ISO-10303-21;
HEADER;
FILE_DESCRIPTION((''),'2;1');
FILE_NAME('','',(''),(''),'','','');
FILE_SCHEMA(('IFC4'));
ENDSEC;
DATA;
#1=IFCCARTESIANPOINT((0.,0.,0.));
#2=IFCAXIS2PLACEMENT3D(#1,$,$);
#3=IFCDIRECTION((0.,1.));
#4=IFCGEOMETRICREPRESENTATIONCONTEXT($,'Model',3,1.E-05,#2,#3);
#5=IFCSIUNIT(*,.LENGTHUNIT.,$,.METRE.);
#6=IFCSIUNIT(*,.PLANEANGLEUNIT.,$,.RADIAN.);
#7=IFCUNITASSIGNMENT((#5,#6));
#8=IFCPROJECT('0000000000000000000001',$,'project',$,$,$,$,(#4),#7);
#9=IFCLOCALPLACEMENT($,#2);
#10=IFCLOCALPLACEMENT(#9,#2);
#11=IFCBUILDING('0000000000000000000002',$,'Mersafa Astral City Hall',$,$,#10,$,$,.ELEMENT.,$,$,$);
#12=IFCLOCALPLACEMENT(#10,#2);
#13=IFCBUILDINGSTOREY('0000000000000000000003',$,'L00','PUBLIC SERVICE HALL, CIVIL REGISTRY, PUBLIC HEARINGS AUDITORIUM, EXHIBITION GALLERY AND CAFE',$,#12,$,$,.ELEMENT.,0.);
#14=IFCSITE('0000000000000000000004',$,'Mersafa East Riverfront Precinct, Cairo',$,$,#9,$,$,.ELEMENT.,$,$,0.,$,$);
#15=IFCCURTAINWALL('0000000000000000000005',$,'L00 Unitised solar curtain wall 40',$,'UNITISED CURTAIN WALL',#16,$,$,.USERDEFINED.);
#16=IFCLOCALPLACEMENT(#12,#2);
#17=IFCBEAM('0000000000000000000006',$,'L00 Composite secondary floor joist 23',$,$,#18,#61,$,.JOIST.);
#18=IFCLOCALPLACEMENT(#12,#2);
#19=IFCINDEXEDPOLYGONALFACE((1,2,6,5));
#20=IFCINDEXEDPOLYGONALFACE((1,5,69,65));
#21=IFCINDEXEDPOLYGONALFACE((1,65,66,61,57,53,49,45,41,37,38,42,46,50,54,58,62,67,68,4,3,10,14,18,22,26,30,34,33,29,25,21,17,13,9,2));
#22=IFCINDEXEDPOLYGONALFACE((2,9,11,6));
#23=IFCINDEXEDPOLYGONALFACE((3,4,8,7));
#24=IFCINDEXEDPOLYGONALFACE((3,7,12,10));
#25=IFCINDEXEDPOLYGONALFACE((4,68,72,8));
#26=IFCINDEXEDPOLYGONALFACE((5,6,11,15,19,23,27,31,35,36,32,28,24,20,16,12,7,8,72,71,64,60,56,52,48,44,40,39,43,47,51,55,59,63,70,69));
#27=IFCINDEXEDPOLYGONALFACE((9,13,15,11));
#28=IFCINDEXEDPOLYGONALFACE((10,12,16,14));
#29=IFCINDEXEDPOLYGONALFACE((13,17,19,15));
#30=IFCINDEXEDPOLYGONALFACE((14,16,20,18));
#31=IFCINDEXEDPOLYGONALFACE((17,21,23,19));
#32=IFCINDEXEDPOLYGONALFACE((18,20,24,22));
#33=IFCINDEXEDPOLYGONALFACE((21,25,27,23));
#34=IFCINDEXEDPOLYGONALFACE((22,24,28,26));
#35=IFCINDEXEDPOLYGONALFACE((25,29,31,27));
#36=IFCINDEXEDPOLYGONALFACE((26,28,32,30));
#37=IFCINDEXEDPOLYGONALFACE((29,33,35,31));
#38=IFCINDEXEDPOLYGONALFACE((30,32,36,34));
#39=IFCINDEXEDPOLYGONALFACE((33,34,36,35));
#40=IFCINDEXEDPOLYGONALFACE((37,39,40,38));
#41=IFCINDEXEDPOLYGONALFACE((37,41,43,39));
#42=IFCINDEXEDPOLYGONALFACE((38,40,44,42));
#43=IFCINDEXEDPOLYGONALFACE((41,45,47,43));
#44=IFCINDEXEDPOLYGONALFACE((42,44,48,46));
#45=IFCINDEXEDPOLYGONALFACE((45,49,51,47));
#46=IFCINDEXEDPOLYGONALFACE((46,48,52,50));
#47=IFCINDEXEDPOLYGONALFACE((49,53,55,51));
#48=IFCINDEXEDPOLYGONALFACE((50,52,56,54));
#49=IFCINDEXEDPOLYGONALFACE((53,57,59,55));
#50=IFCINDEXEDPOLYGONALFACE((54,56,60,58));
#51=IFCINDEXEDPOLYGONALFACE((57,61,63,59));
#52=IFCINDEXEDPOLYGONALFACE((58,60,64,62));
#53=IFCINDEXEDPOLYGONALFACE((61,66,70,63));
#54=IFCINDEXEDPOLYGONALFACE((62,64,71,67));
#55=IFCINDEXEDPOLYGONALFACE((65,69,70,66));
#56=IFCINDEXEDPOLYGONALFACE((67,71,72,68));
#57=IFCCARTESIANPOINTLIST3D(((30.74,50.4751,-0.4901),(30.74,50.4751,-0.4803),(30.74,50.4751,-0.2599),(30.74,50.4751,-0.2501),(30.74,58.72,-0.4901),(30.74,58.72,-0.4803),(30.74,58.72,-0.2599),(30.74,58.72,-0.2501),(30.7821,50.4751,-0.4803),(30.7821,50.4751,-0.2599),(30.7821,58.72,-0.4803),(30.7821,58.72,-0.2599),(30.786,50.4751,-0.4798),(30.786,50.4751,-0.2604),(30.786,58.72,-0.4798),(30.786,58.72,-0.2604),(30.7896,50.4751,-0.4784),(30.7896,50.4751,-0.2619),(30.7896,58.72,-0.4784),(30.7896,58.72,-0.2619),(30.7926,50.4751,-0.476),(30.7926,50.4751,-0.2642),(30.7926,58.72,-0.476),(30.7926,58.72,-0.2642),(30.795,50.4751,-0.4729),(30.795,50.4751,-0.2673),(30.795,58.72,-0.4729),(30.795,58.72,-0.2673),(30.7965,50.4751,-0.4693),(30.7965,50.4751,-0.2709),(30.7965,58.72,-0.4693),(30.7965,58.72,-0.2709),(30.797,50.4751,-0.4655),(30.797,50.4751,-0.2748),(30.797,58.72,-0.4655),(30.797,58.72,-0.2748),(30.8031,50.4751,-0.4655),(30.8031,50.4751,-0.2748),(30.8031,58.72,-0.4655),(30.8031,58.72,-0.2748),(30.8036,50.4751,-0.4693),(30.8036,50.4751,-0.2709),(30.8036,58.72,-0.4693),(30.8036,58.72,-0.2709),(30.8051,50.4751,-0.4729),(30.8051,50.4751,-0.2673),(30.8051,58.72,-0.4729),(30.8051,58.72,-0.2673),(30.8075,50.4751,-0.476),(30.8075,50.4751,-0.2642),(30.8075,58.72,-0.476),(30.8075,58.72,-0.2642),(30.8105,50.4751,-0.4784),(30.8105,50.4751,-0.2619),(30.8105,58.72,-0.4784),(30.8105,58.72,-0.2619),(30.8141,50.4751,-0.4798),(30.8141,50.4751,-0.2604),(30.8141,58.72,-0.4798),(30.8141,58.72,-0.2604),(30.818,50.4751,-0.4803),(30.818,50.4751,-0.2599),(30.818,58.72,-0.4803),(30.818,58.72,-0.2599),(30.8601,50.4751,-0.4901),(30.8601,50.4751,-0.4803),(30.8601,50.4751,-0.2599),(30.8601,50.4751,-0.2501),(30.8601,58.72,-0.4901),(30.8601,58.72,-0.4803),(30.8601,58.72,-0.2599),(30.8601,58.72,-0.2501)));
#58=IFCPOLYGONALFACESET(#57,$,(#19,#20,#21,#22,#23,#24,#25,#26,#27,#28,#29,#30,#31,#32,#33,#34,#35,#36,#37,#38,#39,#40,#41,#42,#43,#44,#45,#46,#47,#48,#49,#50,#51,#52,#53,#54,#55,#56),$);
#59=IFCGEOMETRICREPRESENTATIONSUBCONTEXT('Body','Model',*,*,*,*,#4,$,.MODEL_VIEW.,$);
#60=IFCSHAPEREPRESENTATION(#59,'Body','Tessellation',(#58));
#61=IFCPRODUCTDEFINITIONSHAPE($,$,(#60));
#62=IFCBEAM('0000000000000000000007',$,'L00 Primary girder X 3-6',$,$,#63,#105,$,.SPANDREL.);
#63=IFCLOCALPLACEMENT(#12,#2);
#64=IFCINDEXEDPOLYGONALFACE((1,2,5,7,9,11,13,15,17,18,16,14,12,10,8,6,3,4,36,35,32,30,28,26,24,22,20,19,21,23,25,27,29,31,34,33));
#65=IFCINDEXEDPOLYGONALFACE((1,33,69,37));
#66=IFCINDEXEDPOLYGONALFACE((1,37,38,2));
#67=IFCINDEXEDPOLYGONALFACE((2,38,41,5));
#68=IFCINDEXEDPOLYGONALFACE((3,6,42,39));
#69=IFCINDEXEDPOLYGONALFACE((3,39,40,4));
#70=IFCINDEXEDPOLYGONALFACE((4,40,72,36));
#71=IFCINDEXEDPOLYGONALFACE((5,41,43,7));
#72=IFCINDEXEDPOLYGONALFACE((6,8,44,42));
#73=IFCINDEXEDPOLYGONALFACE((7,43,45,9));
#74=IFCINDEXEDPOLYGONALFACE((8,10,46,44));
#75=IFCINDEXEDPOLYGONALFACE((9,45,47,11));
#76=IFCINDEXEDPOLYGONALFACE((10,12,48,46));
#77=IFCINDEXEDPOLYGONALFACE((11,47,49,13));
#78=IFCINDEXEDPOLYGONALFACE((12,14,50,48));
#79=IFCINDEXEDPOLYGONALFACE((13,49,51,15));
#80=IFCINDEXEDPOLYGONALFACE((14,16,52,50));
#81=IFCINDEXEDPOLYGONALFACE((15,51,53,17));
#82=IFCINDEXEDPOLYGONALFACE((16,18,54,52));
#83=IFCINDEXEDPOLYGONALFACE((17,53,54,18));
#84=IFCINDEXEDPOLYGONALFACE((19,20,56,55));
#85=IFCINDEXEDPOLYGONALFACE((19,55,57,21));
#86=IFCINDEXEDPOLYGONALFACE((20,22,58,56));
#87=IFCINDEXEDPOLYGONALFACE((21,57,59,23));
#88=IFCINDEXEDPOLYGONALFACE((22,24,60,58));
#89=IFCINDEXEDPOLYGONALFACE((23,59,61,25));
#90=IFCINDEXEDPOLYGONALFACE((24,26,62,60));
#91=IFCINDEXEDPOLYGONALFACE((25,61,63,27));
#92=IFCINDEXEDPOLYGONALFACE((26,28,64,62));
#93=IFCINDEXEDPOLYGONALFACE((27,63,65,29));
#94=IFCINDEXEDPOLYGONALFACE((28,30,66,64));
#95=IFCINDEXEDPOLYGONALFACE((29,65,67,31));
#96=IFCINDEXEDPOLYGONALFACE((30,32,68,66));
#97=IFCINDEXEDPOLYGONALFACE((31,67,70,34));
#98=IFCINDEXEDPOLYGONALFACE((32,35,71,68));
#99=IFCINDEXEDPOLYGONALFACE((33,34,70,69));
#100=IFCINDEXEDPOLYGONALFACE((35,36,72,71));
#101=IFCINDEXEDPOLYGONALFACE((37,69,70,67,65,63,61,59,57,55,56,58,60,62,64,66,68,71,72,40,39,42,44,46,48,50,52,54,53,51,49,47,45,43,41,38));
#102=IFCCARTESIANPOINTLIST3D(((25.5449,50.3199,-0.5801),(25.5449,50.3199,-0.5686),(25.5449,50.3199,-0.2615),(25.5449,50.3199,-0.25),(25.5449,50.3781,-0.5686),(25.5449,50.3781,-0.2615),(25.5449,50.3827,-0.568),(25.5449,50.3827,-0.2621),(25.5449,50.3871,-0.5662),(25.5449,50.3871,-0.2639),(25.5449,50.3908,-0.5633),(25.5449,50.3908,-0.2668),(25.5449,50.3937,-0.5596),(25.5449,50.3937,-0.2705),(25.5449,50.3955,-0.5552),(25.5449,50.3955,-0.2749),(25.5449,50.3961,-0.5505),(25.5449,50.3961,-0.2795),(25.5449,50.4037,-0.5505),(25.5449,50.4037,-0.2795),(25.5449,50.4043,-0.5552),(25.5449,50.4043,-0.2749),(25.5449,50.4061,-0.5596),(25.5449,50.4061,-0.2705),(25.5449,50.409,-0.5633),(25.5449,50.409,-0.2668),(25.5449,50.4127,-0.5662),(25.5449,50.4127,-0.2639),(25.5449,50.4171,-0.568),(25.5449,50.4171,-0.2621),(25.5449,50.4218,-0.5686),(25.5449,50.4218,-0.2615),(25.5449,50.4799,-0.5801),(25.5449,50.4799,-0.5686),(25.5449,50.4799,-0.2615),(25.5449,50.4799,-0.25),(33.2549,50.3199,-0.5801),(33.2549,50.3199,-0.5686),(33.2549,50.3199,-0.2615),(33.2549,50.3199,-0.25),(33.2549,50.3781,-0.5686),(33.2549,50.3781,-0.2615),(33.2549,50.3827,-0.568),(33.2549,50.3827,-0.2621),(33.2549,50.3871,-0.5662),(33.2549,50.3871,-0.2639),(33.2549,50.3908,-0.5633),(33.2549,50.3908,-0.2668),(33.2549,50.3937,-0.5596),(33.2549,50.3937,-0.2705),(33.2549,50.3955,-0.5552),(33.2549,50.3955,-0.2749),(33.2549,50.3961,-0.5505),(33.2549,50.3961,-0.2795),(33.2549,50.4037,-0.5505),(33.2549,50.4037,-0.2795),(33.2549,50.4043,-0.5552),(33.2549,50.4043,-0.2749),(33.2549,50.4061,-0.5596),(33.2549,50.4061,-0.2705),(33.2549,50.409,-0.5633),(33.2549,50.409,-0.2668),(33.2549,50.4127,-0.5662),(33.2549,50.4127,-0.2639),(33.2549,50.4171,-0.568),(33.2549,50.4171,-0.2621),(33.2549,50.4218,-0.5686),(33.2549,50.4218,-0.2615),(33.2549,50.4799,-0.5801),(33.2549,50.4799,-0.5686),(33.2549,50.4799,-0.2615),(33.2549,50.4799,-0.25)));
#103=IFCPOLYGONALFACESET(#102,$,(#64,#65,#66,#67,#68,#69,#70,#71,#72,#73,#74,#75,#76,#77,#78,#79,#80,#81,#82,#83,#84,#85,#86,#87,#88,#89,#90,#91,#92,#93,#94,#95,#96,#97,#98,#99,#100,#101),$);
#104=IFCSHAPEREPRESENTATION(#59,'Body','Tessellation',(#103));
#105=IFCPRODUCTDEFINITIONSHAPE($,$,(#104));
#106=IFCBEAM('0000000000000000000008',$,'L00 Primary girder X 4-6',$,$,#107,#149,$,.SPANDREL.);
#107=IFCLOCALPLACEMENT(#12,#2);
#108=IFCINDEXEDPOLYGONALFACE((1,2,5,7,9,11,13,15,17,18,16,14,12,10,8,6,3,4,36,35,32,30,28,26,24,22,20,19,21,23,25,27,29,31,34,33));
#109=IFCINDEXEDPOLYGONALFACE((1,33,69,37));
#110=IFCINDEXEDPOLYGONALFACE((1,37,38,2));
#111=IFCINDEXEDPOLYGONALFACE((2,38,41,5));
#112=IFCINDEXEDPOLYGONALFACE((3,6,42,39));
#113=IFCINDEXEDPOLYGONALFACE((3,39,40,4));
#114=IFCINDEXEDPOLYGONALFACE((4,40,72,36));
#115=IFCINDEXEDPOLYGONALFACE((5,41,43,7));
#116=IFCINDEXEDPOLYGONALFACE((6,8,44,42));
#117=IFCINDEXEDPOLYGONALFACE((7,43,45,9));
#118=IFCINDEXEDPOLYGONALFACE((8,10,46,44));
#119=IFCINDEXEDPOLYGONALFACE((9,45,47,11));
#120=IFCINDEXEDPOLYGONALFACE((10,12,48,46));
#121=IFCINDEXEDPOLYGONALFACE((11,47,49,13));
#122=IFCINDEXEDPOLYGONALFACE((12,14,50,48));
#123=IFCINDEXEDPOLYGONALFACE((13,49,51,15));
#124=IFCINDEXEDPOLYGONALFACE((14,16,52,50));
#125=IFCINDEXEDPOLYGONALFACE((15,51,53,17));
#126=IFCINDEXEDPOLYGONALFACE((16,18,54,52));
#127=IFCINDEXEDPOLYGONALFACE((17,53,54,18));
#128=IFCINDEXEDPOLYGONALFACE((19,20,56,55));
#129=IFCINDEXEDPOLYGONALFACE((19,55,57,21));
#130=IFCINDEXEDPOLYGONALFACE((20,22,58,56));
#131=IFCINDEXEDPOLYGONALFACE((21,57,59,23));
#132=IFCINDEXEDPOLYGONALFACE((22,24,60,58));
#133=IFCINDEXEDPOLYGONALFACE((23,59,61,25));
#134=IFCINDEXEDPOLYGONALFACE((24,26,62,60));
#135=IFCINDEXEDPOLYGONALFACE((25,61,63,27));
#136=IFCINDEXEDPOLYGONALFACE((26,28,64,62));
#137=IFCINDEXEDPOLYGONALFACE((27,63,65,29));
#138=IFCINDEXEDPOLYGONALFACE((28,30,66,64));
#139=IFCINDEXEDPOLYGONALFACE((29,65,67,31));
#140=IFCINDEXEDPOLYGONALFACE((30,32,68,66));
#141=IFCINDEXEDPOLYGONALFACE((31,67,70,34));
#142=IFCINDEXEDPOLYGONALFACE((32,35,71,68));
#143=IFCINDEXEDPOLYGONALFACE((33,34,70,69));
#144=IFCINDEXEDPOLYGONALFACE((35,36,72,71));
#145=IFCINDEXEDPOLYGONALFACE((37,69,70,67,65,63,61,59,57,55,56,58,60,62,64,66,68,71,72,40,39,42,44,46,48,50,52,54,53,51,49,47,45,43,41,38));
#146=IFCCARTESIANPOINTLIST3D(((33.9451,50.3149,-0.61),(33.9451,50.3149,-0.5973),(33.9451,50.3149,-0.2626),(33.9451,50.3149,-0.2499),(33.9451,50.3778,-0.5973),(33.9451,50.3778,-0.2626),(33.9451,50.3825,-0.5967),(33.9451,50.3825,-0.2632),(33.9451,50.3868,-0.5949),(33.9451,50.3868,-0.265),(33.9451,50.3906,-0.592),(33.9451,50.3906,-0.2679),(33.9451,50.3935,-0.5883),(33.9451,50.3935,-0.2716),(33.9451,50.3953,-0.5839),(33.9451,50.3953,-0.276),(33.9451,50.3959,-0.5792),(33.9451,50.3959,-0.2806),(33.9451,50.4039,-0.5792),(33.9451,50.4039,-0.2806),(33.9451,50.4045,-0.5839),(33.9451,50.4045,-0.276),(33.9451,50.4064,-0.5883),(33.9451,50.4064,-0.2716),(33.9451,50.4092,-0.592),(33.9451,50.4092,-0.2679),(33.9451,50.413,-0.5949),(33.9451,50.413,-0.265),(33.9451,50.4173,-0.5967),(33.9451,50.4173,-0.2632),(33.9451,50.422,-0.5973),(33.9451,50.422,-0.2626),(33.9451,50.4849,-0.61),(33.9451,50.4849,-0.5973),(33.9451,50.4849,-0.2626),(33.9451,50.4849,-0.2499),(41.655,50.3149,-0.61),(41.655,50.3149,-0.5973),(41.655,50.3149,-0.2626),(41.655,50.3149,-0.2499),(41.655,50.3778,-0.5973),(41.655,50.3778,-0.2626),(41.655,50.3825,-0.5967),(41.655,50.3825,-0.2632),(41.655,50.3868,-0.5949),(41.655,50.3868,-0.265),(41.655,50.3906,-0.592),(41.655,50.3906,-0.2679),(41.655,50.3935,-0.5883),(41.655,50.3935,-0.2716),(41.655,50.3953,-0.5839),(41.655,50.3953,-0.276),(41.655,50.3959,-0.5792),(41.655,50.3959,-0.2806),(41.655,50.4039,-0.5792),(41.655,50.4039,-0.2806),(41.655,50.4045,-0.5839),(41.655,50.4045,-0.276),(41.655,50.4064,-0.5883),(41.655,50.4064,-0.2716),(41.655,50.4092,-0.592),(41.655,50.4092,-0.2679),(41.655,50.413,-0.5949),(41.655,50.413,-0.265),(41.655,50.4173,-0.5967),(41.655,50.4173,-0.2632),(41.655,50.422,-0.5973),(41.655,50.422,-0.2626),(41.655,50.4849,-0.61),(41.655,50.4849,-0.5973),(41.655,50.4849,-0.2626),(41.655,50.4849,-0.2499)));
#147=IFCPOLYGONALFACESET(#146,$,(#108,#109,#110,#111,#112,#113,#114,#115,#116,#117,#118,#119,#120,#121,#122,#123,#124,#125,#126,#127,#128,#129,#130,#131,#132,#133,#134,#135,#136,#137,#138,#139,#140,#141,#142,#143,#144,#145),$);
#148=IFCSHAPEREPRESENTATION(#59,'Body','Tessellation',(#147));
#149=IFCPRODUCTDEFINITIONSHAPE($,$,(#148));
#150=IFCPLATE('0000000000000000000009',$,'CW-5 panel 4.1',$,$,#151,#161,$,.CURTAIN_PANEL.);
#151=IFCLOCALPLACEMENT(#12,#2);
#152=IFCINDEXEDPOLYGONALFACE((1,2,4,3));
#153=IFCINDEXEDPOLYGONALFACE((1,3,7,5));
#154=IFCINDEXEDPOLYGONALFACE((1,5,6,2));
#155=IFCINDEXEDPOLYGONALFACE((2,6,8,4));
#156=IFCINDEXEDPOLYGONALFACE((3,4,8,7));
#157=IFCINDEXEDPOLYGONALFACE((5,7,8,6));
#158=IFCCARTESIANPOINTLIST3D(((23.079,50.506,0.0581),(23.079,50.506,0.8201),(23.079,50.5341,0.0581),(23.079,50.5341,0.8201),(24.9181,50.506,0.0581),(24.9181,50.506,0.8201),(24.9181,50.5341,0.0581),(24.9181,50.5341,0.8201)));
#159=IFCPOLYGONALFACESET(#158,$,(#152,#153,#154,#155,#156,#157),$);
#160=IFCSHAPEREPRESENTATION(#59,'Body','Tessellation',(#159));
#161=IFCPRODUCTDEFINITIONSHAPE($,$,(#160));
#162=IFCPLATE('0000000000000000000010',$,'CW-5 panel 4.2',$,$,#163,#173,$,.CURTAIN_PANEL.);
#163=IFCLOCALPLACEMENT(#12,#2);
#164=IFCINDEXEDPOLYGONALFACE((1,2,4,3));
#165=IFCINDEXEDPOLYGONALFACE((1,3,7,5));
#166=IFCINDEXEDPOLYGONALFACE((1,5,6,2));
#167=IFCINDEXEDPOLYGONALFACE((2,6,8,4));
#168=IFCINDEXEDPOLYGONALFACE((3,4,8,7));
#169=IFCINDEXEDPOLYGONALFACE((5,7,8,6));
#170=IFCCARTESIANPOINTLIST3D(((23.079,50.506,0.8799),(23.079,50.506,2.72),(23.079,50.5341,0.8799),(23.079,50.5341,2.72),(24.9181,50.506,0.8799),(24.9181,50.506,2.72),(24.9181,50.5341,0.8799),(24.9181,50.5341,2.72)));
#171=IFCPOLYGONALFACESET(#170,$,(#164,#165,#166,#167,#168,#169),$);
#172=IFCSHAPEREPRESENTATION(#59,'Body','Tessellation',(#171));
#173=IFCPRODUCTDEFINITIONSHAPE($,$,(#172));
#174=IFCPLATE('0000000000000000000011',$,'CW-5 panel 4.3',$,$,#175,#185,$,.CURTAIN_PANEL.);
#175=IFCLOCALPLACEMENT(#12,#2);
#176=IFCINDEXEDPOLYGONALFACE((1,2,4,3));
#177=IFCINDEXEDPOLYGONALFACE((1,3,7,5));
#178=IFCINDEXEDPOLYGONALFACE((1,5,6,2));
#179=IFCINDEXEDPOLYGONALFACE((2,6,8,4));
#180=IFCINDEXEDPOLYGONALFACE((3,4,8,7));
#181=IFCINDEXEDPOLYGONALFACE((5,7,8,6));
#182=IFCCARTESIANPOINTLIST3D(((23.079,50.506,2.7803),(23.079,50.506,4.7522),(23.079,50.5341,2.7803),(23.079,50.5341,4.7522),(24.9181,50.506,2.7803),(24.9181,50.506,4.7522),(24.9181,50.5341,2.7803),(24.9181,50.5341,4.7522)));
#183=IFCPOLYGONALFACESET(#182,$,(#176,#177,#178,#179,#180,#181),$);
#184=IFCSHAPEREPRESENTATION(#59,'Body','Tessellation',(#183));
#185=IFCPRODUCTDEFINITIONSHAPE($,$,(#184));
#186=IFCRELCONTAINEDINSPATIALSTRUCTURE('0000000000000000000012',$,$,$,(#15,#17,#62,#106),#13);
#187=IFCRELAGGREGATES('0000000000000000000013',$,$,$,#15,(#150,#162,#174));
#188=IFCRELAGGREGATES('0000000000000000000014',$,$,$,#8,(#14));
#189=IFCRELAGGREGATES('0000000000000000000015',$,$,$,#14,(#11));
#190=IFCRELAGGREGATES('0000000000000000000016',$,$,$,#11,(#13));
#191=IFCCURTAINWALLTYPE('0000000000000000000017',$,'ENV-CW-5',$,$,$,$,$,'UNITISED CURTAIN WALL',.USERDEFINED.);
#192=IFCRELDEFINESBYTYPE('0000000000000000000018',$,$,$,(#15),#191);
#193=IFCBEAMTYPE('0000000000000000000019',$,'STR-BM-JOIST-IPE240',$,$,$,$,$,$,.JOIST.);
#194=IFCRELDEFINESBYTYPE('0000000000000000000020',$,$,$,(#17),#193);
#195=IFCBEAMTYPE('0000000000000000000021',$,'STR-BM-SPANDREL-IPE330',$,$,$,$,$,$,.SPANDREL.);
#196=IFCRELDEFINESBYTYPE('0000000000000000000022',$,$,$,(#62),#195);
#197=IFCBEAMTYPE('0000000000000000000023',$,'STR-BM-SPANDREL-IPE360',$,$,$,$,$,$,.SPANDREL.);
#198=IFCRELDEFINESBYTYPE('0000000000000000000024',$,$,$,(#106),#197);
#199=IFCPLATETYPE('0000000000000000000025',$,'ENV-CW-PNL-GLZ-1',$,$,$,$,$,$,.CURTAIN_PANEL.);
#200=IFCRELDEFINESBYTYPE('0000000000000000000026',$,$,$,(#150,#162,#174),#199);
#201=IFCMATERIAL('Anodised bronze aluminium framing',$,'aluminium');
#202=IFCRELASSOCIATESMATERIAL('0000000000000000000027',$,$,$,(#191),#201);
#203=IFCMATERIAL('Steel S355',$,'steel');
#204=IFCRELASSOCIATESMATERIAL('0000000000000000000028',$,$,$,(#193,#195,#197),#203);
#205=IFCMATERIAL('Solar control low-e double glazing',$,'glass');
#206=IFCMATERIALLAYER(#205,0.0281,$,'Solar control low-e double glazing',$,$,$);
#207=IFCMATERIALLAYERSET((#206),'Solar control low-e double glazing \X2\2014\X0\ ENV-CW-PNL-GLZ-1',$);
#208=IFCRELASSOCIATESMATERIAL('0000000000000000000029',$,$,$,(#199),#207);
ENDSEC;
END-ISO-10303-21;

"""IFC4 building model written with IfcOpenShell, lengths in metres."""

from ifc_helpers import new_model, si_unit, direction, frame, origin, origin_2d, place, context, subcontext, project, spatial, rectangle, i_section, extrude, material, layer, layer_set, material_profile, profile_set, type_object, element, aggregate, save


model = new_model("IFC4")

# Units and contexts
model_context = context("Model", 3, precision=1e-05, world=origin(), true_north=direction((0.0, 1.0)))
body_context = subcontext(model_context, "Body", "Model", "MODEL_VIEW")
ifc_project = project(units=[si_unit("LENGTHUNIT", "METRE"), si_unit("PLANEANGLEUNIT", "RADIAN")], contexts=[model_context])

# Site, building, storey
site_placement = place(None, origin())
site = spatial("IfcSite", under=ifc_project, at=site_placement, Name="Mersafa East Riverfront Precinct, Cairo", CompositionType="ELEMENT", RefElevation=0.0)
building_placement = place(site_placement, origin())
building = spatial("IfcBuilding", under=site, at=building_placement, Name="Mersafa Astral City Hall", CompositionType="ELEMENT")
storey_placement = place(building_placement, origin())
storey = spatial("IfcBuildingStorey", under=building, at=storey_placement, Name="L00", Description="PUBLIC SERVICE HALL, CIVIL REGISTRY, PUBLIC HEARINGS AUDITORIUM, EXHIBITION GALLERY AND CAFE", CompositionType="ELEMENT", Elevation=0.0)

# Shared definitions
ifc_material_1 = material(Name="Steel S355", Category="steel")

# Curtain wall
ifc_material_2 = material(Name="Anodised bronze aluminium framing", Category="aluminium")
curtain_wall_type_1 = type_object("IfcCurtainWallType", Name="ENV-CW-5", ElementType="UNITISED CURTAIN WALL", PredefinedType="USERDEFINED", material=ifc_material_2)
curtain_wall_1_placement = place(storey_placement, origin())
curtain_wall_1 = element("IfcCurtainWall", 1, at=curtain_wall_1_placement, inside=storey, type_object=curtain_wall_type_1, Name="L00 Unitised solar curtain wall 40", ObjectType="UNITISED CURTAIN WALL", PredefinedType="USERDEFINED")

# Beams
ifc_material_profile_1 = material_profile(ifc_material_1, i_section(OverallWidth=0.1201, OverallDepth=0.24, WebThickness=0.0061, FlangeThickness=0.0098, FilletRadius=0.0149, at=origin_2d()), Name="IPE 240")
ifc_profile_set_1 = profile_set([ifc_material_profile_1], Name="Steel S355")
beam_type_1 = type_object("IfcBeamType", Name="STR-BM-JOIST-IPE240", PredefinedType="JOIST", material=ifc_profile_set_1)
for number, where, z_axis, x_axis, name in (
    (2, (30.8, 50.4751, -0.3701), (0.0, 1.0, 0.0), (-1.0, 0.0, 0.0), "L00 Composite secondary floor joist 23"),
):
    element("IfcBeam", number, at=place(storey_placement, frame(where, z_axis=z_axis, x_axis=x_axis)), inside=storey, type_object=beam_type_1, Name=name, PredefinedType="JOIST", context=body_context, shape_type="SweptSolid", body=[
        extrude(i_section(OverallWidth=0.1201, OverallDepth=0.24, WebThickness=0.0061, FlangeThickness=0.0098, FilletRadius=0.0149, at=origin_2d()), origin(), (0.0, 0.0, 1.0), 8.2449),
    ])
ifc_material_profile_2 = material_profile(ifc_material_1, i_section(OverallWidth=0.1599, OverallDepth=0.3301, WebThickness=0.0076, FlangeThickness=0.0115, FilletRadius=0.0181, at=origin_2d()), Name="IPE 330")
ifc_profile_set_2 = profile_set([ifc_material_profile_2], Name="Steel S355")
beam_type_2 = type_object("IfcBeamType", Name="STR-BM-SPANDREL-IPE330", PredefinedType="SPANDREL", material=ifc_profile_set_2)
beam_1_placement = place(storey_placement, frame((25.5449, 50.3999, -0.415), z_axis=(1.0, 0.0, 0.0), x_axis=(0.0, 1.0, 0.0)))
element("IfcBeam", 3, at=beam_1_placement, inside=storey, type_object=beam_type_2, Name="L00 Primary girder X 3-6", PredefinedType="SPANDREL", context=body_context, shape_type="SweptSolid", body=[
    extrude(i_section(OverallWidth=0.1599, OverallDepth=0.3301, WebThickness=0.0076, FlangeThickness=0.0115, FilletRadius=0.0181, at=origin_2d()), origin(), (0.0, 0.0, 1.0), 7.71),
])
ifc_material_profile_3 = material_profile(ifc_material_1, i_section(OverallWidth=0.1699, OverallDepth=0.3601, WebThickness=0.0081, FlangeThickness=0.0127, FilletRadius=0.0181, at=origin_2d()), Name="IPE 360")
ifc_profile_set_3 = profile_set([ifc_material_profile_3], Name="Steel S355")
beam_type_3 = type_object("IfcBeamType", Name="STR-BM-SPANDREL-IPE360", PredefinedType="SPANDREL", material=ifc_profile_set_3)
beam_2_placement = place(storey_placement, frame((33.9451, 50.3999, -0.4299), z_axis=(1.0, 0.0, 0.0), x_axis=(0.0, 1.0, 0.0)))
element("IfcBeam", 4, at=beam_2_placement, inside=storey, type_object=beam_type_3, Name="L00 Primary girder X 4-6", PredefinedType="SPANDREL", context=body_context, shape_type="SweptSolid", body=[
    extrude(i_section(OverallWidth=0.1699, OverallDepth=0.3601, WebThickness=0.0081, FlangeThickness=0.0127, FilletRadius=0.0181, at=origin_2d()), origin(), (0.0, 0.0, 1.0), 7.71),
])

# Plates
ifc_material_3 = material(Name="Solar control low-e double glazing", Category="glass")
ifc_layer_1 = layer(ifc_material_3, 0.0281, Name="Solar control low-e double glazing")
ifc_layer_set_1 = layer_set([ifc_layer_1], Name="Solar control low-e double glazing — ENV-CW-PNL-GLZ-1")
plate_type = type_object("IfcPlateType", Name="ENV-CW-PNL-GLZ-1", PredefinedType="CURTAIN_PANEL", material=ifc_layer_set_1)
plate_1_placement = place(storey_placement, frame((23.9985, 50.52, 0.0581), z_axis=(0.0, 0.0, 1.0), x_axis=(1.0, 0.0, 0.0)))
plate_1 = element("IfcPlate", 5, at=plate_1_placement, type_object=plate_type, Name="CW-5 panel 4.1", PredefinedType="CURTAIN_PANEL", context=body_context, shape_type="SweptSolid", body=[
    extrude(rectangle(XDim=1.8391, YDim=0.0281, at=origin_2d()), origin(), (0.0, 0.0, 1.0), 0.762),
])
plate_2_placement = place(storey_placement, frame((23.9985, 50.52, 0.8799), z_axis=(0.0, 0.0, 1.0), x_axis=(1.0, 0.0, 0.0)))
plate_2 = element("IfcPlate", 6, at=plate_2_placement, type_object=plate_type, Name="CW-5 panel 4.2", PredefinedType="CURTAIN_PANEL", context=body_context, shape_type="SweptSolid", body=[
    extrude(rectangle(XDim=1.8391, YDim=0.0281, at=origin_2d()), origin(), (0.0, 0.0, 1.0), 1.8401),
])
plate_3_placement = place(storey_placement, frame((23.9985, 50.52, 2.7803), z_axis=(0.0, 0.0, 1.0), x_axis=(1.0, 0.0, 0.0)))
plate_3 = element("IfcPlate", 7, at=plate_3_placement, type_object=plate_type, Name="CW-5 panel 4.3", PredefinedType="CURTAIN_PANEL", context=body_context, shape_type="SweptSolid", body=[
    extrude(rectangle(XDim=1.8391, YDim=0.0281, at=origin_2d()), origin(), (0.0, 0.0, 1.0), 1.9719),
])
aggregate(curtain_wall_1, [plate_1, plate_2, plate_3])

save(model, "model.ifc")
